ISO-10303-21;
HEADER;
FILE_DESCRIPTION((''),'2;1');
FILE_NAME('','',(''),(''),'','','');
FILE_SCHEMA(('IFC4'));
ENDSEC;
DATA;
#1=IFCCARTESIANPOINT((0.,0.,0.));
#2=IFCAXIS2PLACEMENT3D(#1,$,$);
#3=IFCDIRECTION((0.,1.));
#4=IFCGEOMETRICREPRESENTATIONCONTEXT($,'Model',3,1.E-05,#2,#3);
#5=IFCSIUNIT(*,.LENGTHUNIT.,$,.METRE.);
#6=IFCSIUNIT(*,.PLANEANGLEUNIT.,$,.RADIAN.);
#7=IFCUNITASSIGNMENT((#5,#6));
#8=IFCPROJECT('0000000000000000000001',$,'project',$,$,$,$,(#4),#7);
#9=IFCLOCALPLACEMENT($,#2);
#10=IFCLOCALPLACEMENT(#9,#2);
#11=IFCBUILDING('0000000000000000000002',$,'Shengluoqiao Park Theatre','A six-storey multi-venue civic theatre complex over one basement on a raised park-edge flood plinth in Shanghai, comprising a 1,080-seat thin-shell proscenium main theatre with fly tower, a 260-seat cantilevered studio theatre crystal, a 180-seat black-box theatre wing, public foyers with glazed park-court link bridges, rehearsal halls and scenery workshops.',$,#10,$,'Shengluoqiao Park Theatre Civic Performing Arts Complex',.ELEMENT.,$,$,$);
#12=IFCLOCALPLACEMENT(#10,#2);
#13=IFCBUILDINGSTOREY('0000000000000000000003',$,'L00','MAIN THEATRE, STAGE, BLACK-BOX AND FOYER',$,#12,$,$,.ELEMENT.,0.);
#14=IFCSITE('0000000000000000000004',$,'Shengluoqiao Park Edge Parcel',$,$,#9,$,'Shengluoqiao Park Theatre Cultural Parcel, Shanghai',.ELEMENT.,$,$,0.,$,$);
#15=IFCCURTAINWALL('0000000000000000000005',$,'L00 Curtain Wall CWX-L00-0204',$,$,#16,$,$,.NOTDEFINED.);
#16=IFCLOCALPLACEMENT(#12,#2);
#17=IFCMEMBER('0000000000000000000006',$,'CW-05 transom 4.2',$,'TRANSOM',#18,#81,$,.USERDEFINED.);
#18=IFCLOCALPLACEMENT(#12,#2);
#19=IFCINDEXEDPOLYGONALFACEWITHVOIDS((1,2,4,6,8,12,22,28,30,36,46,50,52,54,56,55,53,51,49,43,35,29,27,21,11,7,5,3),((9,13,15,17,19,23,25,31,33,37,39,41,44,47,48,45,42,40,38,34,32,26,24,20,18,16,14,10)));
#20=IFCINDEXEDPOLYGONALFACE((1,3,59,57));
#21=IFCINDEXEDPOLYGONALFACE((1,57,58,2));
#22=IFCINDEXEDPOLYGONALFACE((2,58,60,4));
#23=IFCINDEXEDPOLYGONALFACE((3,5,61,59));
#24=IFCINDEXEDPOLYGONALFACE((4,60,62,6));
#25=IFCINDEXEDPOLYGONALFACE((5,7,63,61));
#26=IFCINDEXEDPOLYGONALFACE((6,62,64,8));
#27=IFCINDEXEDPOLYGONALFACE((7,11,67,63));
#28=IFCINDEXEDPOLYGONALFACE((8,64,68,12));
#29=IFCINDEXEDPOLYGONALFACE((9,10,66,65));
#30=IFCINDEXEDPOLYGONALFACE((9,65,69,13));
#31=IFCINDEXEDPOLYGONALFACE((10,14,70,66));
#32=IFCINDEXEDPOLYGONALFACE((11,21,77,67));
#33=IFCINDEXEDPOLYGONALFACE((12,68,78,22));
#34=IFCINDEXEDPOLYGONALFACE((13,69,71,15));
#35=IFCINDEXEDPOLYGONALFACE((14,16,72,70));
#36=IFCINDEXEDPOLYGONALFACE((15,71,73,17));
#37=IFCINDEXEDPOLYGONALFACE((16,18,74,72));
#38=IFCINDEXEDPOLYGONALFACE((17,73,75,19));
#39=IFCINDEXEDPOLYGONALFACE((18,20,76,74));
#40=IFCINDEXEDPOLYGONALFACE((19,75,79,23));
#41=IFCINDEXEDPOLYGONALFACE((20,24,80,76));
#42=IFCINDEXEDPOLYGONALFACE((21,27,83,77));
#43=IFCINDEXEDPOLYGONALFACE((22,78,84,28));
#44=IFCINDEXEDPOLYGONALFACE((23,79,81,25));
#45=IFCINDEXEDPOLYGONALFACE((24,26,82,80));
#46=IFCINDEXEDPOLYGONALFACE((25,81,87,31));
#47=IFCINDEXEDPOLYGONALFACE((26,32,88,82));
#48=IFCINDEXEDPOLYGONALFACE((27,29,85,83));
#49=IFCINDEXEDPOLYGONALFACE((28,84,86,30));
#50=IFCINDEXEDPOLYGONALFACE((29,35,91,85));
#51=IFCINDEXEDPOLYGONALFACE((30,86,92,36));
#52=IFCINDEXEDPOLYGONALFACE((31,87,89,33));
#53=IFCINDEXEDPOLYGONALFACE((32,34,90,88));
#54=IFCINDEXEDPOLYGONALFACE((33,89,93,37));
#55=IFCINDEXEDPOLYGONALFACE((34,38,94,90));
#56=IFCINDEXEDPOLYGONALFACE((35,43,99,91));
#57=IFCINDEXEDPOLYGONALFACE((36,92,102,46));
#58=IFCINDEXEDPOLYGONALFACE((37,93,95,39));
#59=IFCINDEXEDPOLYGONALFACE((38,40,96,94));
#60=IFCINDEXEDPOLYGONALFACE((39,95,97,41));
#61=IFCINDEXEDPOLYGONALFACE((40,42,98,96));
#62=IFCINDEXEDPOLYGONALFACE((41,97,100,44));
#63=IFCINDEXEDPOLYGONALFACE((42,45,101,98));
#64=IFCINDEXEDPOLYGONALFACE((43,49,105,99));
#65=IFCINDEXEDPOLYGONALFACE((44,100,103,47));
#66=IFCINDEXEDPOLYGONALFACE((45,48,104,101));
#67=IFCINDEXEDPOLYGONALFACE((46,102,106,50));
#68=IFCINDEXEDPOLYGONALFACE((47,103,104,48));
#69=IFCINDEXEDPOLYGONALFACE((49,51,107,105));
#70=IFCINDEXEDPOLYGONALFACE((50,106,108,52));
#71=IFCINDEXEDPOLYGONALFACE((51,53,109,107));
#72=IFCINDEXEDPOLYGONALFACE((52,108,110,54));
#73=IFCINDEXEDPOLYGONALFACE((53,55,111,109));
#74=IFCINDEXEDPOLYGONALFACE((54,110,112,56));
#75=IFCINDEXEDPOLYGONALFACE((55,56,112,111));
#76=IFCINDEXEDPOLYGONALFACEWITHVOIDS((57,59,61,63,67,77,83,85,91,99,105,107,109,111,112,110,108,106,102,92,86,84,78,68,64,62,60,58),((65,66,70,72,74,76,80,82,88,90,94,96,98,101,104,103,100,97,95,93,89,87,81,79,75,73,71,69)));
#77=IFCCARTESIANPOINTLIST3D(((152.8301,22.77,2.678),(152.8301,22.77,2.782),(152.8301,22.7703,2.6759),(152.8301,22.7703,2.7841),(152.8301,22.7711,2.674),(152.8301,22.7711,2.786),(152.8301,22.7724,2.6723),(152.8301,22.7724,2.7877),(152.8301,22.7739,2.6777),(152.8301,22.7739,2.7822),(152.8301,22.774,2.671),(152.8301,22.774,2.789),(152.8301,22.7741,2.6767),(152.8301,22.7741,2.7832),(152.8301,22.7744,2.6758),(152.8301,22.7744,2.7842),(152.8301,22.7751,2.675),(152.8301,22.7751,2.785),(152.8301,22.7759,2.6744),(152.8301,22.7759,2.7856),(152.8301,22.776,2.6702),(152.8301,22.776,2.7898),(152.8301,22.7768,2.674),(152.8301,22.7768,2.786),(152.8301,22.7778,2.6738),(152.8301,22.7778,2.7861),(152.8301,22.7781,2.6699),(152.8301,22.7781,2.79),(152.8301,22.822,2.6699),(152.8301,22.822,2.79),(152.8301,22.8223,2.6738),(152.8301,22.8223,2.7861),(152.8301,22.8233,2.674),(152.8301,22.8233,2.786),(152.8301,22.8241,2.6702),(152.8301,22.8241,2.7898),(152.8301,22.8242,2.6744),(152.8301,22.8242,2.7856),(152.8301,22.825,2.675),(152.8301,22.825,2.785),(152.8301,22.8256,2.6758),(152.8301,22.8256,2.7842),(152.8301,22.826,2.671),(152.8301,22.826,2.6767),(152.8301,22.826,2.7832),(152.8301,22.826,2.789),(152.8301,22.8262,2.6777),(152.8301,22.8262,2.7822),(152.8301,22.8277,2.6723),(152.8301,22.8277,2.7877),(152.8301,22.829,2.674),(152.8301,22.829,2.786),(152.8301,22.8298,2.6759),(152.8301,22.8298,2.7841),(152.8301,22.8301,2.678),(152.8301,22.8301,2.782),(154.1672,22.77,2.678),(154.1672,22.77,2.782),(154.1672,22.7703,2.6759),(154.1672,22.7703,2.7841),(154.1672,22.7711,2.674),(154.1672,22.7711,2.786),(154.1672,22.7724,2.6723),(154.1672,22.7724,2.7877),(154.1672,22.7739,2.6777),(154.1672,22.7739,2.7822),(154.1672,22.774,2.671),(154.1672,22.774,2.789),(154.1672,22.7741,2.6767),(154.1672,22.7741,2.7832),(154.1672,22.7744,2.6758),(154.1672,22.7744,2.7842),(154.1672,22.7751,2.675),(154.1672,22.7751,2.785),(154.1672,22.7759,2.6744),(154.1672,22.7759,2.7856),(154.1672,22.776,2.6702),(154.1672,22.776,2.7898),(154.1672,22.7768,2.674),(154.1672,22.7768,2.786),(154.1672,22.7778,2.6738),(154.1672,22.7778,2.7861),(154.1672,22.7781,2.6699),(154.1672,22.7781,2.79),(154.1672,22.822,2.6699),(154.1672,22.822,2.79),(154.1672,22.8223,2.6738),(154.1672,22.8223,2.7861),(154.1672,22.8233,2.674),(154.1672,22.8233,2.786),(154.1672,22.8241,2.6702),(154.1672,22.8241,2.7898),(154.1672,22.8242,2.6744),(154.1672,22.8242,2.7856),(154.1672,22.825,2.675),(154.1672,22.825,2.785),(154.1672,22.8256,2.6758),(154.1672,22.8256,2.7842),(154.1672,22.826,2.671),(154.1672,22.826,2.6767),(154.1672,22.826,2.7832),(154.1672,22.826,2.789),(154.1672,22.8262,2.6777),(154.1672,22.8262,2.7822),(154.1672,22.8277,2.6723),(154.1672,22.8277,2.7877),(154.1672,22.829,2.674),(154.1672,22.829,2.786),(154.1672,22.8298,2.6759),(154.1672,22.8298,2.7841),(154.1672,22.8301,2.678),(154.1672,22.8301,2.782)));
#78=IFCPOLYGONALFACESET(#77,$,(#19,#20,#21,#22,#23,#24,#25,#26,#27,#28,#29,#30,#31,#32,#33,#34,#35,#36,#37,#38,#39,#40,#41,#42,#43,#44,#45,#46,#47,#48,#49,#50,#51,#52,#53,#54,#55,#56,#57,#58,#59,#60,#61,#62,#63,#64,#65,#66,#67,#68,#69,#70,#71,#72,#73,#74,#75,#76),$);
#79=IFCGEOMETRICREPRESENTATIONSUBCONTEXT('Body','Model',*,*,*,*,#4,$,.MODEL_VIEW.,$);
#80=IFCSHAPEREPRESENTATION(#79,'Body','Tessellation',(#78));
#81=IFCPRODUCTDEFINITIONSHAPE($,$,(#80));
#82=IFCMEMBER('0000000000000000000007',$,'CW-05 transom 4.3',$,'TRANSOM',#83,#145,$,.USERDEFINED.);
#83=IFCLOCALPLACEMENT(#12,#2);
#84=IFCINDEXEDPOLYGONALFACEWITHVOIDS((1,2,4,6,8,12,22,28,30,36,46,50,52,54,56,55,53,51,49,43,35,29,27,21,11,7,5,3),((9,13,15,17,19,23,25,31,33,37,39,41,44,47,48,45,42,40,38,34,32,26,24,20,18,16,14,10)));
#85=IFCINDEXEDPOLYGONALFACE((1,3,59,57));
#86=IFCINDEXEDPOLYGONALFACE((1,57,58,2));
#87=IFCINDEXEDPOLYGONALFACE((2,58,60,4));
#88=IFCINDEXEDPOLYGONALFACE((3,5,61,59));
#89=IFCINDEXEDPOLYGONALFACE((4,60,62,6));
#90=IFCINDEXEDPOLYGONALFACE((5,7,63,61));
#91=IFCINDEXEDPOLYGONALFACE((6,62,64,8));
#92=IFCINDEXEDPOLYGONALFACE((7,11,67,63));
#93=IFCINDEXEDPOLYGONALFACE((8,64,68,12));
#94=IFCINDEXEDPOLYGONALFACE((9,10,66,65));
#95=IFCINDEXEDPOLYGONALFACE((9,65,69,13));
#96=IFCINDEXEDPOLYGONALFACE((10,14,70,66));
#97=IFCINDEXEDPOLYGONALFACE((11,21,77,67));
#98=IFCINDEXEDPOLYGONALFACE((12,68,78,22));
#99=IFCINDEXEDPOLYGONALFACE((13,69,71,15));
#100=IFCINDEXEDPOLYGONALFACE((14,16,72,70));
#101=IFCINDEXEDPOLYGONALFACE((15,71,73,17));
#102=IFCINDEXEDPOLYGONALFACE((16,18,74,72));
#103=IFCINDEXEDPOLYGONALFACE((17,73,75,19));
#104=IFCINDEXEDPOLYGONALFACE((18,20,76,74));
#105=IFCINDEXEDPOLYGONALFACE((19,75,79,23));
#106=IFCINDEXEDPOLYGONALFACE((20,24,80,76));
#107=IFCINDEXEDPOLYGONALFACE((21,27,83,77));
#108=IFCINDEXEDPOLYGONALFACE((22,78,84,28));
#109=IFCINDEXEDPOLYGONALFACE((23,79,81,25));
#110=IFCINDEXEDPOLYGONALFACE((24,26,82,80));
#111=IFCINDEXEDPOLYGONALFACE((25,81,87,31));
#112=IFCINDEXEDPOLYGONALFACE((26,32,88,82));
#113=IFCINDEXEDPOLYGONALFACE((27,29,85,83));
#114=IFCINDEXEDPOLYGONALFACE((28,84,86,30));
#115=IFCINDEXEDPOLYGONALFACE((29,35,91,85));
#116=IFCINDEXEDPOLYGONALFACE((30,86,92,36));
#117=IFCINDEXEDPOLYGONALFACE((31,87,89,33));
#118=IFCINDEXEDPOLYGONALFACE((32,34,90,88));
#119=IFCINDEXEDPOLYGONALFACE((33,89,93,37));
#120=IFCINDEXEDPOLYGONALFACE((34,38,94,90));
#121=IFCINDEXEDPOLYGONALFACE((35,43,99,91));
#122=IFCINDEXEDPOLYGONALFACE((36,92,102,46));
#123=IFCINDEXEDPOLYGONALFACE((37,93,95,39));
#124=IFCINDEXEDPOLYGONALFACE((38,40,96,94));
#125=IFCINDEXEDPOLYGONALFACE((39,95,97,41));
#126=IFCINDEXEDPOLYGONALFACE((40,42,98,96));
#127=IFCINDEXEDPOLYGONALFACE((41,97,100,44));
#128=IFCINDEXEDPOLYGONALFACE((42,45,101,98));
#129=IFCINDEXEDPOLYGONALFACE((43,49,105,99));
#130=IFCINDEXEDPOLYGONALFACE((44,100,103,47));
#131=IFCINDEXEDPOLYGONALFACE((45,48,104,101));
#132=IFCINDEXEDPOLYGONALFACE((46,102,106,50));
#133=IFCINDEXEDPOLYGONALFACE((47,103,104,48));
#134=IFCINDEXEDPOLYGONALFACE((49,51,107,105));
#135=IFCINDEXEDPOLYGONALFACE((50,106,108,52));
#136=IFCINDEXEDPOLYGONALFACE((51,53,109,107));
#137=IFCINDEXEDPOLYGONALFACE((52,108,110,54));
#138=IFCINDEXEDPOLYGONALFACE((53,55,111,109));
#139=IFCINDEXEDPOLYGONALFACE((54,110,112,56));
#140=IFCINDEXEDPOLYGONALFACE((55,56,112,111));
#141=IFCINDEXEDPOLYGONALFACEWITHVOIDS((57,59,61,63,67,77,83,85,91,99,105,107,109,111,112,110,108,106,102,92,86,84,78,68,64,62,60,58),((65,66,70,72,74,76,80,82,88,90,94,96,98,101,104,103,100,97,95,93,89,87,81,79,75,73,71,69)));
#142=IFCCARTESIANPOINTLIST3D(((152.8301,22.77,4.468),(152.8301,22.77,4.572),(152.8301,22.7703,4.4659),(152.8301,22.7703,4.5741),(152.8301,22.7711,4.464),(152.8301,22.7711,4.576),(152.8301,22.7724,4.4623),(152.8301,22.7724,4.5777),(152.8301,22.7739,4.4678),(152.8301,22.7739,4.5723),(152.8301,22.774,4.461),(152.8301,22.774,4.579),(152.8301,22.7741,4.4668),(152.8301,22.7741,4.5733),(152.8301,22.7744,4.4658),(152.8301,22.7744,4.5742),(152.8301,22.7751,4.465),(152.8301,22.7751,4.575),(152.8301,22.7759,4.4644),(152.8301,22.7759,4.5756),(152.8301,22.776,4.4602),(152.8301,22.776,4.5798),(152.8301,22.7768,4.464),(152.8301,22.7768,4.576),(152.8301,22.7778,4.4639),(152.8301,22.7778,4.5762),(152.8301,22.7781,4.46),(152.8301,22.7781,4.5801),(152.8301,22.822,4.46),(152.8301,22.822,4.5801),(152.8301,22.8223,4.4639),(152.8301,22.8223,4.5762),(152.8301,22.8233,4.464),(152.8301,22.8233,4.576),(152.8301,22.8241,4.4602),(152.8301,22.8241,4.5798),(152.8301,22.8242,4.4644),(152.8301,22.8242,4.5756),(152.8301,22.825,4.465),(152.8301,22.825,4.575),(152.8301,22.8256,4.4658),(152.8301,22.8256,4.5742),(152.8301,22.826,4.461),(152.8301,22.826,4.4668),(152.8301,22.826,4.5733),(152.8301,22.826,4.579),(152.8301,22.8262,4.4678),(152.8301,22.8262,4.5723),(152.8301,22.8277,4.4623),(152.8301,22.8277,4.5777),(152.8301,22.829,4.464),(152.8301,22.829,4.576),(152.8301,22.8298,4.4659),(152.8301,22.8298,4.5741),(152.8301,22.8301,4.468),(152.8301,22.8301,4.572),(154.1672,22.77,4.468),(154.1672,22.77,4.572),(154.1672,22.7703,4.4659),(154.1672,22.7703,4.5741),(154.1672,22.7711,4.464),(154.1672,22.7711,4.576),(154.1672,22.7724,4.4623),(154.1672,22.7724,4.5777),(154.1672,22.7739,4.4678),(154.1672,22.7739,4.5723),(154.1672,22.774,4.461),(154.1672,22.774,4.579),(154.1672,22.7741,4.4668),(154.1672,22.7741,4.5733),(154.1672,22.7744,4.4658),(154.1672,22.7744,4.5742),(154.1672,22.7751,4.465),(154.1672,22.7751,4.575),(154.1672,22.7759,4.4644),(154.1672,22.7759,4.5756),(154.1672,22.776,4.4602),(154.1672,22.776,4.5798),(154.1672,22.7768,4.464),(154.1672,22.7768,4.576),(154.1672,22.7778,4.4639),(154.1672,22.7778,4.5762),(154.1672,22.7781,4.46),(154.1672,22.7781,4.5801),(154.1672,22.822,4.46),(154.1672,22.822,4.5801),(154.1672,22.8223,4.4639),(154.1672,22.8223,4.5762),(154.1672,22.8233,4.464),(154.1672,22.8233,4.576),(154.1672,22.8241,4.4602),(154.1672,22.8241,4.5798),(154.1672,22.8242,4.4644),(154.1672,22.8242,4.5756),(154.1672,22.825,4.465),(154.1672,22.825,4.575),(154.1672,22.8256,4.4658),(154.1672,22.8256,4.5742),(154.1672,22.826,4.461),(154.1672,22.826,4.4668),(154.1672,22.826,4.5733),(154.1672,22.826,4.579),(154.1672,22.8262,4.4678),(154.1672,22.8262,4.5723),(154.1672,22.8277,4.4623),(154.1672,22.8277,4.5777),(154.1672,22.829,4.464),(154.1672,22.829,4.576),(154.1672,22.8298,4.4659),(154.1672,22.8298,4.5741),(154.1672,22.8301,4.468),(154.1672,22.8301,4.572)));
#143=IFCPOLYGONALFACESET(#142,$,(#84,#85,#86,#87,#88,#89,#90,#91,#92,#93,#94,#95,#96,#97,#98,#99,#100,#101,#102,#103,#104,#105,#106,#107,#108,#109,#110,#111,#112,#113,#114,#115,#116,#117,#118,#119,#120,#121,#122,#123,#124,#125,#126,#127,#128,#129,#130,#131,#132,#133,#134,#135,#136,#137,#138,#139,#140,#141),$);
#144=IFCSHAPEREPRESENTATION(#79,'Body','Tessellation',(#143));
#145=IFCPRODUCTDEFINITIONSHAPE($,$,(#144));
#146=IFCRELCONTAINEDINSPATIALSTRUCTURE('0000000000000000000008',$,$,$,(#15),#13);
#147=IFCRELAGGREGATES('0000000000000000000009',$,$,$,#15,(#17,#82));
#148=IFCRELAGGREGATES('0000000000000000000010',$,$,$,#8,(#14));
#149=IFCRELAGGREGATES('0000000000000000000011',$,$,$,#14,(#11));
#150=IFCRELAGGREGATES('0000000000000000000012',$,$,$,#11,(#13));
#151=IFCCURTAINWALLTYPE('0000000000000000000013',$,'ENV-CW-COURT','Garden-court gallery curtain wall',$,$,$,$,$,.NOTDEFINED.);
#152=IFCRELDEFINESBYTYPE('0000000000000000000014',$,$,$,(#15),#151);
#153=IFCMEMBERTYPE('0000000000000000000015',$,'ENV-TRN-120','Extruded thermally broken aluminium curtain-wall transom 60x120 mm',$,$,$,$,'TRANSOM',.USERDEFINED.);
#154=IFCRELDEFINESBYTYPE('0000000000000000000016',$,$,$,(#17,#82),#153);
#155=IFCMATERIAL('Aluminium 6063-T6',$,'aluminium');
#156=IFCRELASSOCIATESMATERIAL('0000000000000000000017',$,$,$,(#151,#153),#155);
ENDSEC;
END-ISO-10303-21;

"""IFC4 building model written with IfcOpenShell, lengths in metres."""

from ifc_helpers import new_model, si_unit, direction, frame, origin, origin_2d, place, context, subcontext, project, spatial, hollow_rectangle, extrude, material, material_profile, profile_set, type_object, element, aggregate, save


model = new_model("IFC4")

# Units and contexts
model_context = context("Model", 3, precision=1e-05, world=origin(), true_north=direction((0.0, 1.0)))
body_context = subcontext(model_context, "Body", "Model", "MODEL_VIEW")
ifc_project = project(units=[si_unit("LENGTHUNIT", "METRE"), si_unit("PLANEANGLEUNIT", "RADIAN")], contexts=[model_context])

# Site, building, storey
site_placement = place(None, origin())
site = spatial("IfcSite", under=ifc_project, at=site_placement, Name="Shengluoqiao Park Edge Parcel", LongName="Shengluoqiao Park Theatre Cultural Parcel, Shanghai", CompositionType="ELEMENT", RefElevation=0.0)
building_placement = place(site_placement, origin())
building = spatial("IfcBuilding", under=site, at=building_placement, Name="Shengluoqiao Park Theatre", Description="A six-storey multi-venue civic theatre complex over one basement on a raised park-edge flood plinth in Shanghai, comprising a 1,080-seat thin-shell proscenium main theatre with fly tower, a 260-seat cantilevered studio theatre crystal, a 180-seat black-box theatre wing, public foyers with glazed park-court link bridges, rehearsal halls and scenery workshops.", LongName="Shengluoqiao Park Theatre Civic Performing Arts Complex", CompositionType="ELEMENT")
storey_placement = place(building_placement, origin())
storey = spatial("IfcBuildingStorey", under=building, at=storey_placement, Name="L00", Description="MAIN THEATRE, STAGE, BLACK-BOX AND FOYER", CompositionType="ELEMENT", Elevation=0.0)

# Curtain wall, members
ifc_material_1 = material(Name="Aluminium 6063-T6", Category="aluminium")
curtain_wall_type = type_object("IfcCurtainWallType", Name="ENV-CW-COURT", Description="Garden-court gallery curtain wall", PredefinedType="NOTDEFINED", material=ifc_material_1)
curtain_wall_placement = place(storey_placement, origin())
curtain_wall = element("IfcCurtainWall", 1, at=curtain_wall_placement, inside=storey, type_object=curtain_wall_type, Name="L00 Curtain Wall CWX-L00-0204", PredefinedType="NOTDEFINED")
ifc_material_profile_1 = material_profile(ifc_material_1, hollow_rectangle(XDim=0.0601, YDim=0.1201, WallThickness=0.0039, InnerFilletRadius=0.0039, OuterFilletRadius=0.0081, at=origin_2d()), Name="ALU TRANSOM 120x60x4")
ifc_profile_set_1 = profile_set([ifc_material_profile_1], Name="Aluminium 6063-T6")
member_type_1 = type_object("IfcMemberType", Name="ENV-TRN-120", Description="Extruded thermally broken aluminium curtain-wall transom 60x120 mm", ElementType="TRANSOM", PredefinedType="USERDEFINED", material=ifc_profile_set_1)
member_1_placement = place(storey_placement, frame((152.8301, 22.8, 2.73), z_axis=(1.0, 0.0, 0.0), x_axis=(0.0, 1.0, 0.0)))
member_1 = element("IfcMember", 2, at=member_1_placement, type_object=member_type_1, Name="CW-05 transom 4.2", ObjectType="TRANSOM", PredefinedType="USERDEFINED", context=body_context, shape_type="SweptSolid", body=[
    extrude(hollow_rectangle(XDim=0.0601, YDim=0.1201, WallThickness=0.0039, InnerFilletRadius=0.0039, OuterFilletRadius=0.0081, at=origin_2d()), origin(), (0.0, 0.0, 1.0), 1.3372),
])
member_2_placement = place(storey_placement, frame((152.8301, 22.8, 4.52), z_axis=(1.0, 0.0, 0.0), x_axis=(0.0, 1.0, 0.0)))
member_2 = element("IfcMember", 3, at=member_2_placement, type_object=member_type_1, Name="CW-05 transom 4.3", ObjectType="TRANSOM", PredefinedType="USERDEFINED", context=body_context, shape_type="SweptSolid", body=[
    extrude(hollow_rectangle(XDim=0.0601, YDim=0.1201, WallThickness=0.0039, InnerFilletRadius=0.0039, OuterFilletRadius=0.0081, at=origin_2d()), origin(), (0.0, 0.0, 1.0), 1.3372),
])
aggregate(curtain_wall, [member_1, member_2])

save(model, "model.ifc")
